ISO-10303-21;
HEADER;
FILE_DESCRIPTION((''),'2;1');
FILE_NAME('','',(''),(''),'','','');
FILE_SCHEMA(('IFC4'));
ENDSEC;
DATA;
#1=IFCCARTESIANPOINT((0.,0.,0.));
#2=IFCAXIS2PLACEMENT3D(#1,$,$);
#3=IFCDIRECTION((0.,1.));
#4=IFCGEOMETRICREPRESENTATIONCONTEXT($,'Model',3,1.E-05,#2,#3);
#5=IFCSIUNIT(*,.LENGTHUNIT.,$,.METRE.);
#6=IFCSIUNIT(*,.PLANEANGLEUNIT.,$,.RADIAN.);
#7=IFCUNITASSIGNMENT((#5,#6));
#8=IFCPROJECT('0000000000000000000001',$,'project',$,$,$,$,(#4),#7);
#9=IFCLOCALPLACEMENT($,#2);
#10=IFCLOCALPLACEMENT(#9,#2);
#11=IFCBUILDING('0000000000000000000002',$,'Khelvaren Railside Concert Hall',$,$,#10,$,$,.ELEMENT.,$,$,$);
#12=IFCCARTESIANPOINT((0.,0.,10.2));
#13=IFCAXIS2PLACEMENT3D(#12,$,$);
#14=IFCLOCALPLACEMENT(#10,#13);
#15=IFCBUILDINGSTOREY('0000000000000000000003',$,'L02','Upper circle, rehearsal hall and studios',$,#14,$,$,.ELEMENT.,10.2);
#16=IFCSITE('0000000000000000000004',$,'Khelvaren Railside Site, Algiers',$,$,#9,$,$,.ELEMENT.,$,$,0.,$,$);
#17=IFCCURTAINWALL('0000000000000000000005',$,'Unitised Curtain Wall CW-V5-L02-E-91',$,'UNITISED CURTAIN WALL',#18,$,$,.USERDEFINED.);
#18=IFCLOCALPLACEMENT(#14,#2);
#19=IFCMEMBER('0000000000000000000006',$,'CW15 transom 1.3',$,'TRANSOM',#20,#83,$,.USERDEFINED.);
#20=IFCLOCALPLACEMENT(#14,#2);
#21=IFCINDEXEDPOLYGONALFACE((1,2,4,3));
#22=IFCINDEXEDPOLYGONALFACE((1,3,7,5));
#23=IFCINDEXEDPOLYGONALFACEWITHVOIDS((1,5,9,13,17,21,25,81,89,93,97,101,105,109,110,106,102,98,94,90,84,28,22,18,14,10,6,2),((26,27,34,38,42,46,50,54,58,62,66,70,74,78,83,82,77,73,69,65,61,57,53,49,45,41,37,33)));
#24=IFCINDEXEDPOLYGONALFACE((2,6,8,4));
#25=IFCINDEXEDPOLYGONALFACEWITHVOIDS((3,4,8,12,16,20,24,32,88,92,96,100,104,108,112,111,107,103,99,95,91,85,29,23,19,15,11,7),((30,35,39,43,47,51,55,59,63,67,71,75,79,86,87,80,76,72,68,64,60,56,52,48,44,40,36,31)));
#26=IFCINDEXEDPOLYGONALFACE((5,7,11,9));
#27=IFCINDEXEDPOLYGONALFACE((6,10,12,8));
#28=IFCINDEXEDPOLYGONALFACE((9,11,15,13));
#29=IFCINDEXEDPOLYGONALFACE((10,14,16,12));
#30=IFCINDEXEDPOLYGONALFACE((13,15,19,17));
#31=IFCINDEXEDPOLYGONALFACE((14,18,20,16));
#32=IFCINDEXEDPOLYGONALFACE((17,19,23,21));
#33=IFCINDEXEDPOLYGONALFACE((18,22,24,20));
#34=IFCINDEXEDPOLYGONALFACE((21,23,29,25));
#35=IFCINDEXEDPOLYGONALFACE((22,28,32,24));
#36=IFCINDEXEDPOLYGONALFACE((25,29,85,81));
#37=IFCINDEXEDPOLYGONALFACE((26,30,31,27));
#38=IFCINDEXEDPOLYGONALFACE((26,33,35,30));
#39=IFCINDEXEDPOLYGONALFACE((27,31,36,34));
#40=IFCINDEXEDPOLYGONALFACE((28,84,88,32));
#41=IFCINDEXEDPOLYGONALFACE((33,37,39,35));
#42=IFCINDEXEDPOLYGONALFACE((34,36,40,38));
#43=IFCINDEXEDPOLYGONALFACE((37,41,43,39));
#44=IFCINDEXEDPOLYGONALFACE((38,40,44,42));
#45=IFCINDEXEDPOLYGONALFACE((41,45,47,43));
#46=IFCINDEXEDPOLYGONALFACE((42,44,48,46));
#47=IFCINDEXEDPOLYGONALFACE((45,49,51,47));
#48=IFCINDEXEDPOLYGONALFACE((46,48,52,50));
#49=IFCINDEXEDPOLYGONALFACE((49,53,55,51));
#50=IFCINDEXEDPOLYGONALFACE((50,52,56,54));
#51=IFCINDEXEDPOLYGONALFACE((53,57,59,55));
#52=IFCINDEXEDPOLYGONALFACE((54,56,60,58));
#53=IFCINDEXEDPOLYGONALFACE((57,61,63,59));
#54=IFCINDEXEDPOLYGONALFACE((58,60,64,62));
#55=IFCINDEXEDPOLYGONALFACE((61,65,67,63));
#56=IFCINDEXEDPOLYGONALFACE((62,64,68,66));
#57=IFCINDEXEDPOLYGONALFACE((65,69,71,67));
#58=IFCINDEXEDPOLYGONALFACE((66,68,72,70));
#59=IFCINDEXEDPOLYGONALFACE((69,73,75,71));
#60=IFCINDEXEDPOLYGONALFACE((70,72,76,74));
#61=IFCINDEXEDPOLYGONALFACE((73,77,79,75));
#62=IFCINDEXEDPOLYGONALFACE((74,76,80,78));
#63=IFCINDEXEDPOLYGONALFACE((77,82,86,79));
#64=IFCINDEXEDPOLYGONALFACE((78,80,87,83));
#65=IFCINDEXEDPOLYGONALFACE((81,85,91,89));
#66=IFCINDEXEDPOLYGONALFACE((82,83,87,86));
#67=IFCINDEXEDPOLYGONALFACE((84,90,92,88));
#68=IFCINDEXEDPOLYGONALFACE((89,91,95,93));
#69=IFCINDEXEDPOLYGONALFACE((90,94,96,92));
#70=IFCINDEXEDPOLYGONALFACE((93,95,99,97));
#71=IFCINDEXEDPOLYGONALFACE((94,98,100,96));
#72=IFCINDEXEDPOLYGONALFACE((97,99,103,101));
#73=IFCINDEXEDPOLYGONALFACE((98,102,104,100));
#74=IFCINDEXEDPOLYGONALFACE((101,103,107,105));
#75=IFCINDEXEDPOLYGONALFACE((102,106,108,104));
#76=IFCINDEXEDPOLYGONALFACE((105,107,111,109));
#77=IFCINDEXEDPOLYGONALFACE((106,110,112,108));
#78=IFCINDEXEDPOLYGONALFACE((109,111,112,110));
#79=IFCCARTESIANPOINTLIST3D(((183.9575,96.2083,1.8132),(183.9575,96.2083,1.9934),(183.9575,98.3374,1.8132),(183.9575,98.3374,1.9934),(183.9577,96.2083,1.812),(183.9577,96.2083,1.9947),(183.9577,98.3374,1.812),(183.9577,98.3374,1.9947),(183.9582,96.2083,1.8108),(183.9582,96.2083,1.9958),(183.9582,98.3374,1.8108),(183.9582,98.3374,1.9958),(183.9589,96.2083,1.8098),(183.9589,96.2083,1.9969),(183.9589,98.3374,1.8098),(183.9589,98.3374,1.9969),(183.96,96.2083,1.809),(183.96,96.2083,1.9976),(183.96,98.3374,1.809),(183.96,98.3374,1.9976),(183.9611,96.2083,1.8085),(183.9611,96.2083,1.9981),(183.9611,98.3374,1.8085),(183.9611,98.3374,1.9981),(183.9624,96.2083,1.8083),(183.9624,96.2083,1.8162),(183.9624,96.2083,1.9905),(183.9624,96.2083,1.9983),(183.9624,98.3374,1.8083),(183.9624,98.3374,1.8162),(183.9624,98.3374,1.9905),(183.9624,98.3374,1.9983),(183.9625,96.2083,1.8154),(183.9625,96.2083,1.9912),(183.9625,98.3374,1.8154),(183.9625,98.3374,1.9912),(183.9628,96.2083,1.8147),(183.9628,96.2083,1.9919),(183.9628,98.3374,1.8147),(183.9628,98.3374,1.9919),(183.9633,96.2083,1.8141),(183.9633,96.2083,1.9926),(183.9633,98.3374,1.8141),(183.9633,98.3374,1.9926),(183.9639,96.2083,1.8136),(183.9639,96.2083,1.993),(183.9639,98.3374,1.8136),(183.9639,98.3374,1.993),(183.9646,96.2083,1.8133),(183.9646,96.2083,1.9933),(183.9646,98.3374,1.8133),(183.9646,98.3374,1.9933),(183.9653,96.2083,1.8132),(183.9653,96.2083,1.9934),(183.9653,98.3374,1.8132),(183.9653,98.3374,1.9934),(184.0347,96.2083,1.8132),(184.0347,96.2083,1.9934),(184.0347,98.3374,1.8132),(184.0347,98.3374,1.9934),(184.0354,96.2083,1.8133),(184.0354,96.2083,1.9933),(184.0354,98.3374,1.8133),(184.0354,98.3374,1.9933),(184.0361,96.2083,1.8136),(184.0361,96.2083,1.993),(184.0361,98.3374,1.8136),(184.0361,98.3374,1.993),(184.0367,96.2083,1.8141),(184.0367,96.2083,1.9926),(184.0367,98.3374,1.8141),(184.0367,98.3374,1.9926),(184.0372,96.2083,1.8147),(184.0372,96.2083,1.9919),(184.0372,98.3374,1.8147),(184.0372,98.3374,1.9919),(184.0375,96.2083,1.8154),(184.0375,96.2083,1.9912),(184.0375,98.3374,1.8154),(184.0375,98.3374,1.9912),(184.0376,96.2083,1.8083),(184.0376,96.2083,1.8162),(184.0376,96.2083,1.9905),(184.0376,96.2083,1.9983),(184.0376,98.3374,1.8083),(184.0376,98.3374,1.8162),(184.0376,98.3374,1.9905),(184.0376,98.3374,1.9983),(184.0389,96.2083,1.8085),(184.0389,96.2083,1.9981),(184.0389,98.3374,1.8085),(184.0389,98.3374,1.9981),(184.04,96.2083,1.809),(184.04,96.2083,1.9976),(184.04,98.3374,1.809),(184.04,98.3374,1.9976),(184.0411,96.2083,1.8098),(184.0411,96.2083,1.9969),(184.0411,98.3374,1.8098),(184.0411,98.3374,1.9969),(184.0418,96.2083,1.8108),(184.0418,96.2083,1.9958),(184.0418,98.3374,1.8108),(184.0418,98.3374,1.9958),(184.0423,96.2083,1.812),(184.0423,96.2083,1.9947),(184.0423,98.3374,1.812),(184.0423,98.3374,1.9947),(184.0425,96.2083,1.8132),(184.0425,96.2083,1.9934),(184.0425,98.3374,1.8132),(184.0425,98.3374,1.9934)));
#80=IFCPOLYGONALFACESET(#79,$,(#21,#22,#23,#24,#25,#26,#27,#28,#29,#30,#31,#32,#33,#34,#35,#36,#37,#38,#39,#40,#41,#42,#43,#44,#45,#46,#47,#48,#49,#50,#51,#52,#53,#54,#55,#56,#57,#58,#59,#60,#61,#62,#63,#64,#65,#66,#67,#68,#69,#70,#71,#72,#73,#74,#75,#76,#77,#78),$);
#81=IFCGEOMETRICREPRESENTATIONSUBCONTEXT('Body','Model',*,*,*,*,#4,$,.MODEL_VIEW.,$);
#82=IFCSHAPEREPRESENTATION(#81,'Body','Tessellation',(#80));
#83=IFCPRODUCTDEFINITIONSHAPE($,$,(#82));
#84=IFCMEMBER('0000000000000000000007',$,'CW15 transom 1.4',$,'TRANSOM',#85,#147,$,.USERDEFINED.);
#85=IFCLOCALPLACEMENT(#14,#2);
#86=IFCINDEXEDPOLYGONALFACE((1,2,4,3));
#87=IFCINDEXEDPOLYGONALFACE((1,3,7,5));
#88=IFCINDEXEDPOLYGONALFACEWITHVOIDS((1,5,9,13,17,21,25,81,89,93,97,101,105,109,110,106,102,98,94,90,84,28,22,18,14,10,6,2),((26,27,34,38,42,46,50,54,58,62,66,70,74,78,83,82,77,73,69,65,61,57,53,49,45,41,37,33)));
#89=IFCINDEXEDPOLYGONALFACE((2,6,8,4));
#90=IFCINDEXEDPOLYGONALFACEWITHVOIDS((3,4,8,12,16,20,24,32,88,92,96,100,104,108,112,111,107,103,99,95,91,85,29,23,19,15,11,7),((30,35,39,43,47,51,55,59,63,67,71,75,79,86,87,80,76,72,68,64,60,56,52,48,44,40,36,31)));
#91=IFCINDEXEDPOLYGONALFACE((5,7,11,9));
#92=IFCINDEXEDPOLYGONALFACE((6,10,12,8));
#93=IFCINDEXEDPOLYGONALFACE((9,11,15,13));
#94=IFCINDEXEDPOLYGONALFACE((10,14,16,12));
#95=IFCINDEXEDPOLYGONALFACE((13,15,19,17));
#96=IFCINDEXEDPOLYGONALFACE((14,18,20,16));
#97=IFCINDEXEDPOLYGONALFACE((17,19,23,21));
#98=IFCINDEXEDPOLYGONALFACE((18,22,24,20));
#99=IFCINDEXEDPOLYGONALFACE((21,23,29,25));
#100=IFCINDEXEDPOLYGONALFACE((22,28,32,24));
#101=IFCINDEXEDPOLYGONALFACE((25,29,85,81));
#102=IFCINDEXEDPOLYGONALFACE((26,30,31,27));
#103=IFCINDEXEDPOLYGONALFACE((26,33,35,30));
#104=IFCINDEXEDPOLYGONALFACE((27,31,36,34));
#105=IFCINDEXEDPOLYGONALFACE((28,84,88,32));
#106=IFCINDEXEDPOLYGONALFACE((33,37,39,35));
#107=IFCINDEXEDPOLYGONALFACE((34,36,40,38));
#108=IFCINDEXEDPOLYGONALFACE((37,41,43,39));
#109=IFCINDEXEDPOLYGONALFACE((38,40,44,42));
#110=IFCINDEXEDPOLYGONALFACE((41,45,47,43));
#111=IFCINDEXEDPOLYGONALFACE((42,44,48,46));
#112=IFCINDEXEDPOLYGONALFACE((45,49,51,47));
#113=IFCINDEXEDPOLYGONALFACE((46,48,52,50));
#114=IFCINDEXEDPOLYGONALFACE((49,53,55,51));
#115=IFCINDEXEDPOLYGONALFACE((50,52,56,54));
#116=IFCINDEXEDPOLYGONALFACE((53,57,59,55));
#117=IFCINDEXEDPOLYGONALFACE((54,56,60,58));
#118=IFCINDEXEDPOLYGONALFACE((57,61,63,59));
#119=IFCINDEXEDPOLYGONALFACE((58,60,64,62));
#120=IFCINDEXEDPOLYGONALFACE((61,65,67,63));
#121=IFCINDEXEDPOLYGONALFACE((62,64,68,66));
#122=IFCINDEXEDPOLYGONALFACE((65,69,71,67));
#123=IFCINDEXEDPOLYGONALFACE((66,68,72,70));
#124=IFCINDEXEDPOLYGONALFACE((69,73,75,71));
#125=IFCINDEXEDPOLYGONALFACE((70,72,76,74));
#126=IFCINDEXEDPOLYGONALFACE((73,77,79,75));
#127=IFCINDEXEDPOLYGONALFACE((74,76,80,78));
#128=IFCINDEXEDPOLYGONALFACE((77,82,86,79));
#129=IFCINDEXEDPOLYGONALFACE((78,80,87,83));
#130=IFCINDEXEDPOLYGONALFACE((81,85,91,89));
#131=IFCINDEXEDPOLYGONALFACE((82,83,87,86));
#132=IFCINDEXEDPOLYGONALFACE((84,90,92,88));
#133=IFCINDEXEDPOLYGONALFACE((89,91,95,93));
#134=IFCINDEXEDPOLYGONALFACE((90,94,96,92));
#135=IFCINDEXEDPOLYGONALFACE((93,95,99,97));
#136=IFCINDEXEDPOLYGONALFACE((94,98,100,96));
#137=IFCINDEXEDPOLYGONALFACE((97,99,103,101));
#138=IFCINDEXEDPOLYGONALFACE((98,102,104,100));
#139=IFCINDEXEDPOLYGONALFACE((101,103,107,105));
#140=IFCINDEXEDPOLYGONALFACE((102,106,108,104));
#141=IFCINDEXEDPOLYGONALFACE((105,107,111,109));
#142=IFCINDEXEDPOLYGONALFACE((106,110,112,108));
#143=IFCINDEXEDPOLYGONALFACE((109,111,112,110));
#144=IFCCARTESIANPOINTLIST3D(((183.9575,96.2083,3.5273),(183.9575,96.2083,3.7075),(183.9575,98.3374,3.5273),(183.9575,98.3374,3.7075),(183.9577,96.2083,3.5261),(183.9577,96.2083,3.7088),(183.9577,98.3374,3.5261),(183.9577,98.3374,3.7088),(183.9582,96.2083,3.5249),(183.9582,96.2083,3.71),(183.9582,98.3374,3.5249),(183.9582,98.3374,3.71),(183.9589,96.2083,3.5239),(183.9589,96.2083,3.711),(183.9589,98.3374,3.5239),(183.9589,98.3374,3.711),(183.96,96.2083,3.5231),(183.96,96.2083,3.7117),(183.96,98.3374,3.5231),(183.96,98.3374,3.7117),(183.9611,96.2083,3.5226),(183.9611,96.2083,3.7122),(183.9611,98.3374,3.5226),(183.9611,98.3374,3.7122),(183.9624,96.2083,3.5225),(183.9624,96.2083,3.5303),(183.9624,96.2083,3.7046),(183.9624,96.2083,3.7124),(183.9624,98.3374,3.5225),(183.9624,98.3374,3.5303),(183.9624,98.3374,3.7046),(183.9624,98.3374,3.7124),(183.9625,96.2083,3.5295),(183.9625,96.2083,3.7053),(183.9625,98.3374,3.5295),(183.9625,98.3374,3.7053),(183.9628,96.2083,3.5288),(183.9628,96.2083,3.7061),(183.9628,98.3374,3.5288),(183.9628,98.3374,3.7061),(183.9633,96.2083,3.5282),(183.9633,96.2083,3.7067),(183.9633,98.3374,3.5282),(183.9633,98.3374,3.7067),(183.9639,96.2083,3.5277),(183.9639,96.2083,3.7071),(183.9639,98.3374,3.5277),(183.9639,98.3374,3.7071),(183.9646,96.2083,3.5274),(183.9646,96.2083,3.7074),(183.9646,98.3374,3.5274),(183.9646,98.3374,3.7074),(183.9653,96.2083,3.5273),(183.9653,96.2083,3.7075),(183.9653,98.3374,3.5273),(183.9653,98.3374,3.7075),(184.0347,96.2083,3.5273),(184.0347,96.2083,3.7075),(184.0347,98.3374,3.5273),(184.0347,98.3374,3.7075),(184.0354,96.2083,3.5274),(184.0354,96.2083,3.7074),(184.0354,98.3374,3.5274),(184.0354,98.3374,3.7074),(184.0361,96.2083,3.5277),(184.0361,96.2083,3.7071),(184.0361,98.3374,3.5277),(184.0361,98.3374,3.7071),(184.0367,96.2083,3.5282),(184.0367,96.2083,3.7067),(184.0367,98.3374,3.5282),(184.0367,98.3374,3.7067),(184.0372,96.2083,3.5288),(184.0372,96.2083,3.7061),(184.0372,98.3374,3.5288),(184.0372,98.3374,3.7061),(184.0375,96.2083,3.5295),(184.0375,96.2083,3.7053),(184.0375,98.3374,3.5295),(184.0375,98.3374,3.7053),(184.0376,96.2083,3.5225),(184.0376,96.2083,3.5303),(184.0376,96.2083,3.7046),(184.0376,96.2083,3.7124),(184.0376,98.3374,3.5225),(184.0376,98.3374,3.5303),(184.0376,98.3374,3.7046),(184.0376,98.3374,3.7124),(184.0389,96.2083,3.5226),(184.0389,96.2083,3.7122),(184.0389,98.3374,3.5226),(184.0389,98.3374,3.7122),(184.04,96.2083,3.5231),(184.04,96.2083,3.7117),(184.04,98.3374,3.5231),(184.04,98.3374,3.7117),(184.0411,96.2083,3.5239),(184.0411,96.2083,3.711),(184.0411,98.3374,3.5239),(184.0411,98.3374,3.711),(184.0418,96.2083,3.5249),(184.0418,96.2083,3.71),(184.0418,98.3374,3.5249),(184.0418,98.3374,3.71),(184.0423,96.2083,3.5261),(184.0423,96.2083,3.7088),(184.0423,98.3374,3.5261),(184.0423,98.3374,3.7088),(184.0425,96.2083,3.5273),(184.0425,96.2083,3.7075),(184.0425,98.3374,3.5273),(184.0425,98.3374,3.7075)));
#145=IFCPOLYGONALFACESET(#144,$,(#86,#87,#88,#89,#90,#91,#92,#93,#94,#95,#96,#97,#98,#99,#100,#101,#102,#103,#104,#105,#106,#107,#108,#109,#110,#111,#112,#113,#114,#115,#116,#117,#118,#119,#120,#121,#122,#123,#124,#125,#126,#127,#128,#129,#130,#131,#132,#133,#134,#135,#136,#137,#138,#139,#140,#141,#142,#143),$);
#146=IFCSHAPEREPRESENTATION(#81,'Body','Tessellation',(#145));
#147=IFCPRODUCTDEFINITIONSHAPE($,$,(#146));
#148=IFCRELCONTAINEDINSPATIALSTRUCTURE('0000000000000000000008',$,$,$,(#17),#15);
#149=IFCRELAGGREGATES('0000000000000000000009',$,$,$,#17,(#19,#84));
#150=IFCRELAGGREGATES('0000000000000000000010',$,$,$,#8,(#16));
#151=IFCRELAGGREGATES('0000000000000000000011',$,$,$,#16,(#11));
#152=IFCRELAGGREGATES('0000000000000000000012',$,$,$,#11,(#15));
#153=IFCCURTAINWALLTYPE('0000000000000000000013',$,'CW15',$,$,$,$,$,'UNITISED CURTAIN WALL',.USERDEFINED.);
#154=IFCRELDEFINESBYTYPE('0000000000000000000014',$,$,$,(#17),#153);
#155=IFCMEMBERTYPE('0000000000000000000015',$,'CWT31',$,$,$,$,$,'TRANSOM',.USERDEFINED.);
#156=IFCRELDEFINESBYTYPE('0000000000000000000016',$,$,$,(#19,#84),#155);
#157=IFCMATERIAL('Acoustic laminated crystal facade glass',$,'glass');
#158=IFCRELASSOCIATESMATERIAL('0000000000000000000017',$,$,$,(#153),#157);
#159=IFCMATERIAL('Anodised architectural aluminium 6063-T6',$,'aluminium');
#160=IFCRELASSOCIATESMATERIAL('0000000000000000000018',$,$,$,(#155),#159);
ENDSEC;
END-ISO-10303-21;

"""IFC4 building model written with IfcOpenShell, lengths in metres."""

from ifc_helpers import new_model, si_unit, direction, frame, origin, origin_2d, place, context, subcontext, project, spatial, hollow_rectangle, extrude, material, material_profile, profile_set, type_object, element, aggregate, save


model = new_model("IFC4")

# Units and contexts
model_context = context("Model", 3, precision=1e-05, world=origin(), true_north=direction((0.0, 1.0)))
body_context = subcontext(model_context, "Body", "Model", "MODEL_VIEW")
ifc_project = project(units=[si_unit("LENGTHUNIT", "METRE"), si_unit("PLANEANGLEUNIT", "RADIAN")], contexts=[model_context])

# Site, building, storey
site_placement = place(None, origin())
site = spatial("IfcSite", under=ifc_project, at=site_placement, Name="Khelvaren Railside Site, Algiers", CompositionType="ELEMENT", RefElevation=0.0)
building_placement = place(site_placement, origin())
building = spatial("IfcBuilding", under=site, at=building_placement, Name="Khelvaren Railside Concert Hall", CompositionType="ELEMENT")
storey_placement = place(building_placement, frame((0.0, 0.0, 10.2)))
storey = spatial("IfcBuildingStorey", under=building, at=storey_placement, Name="L02", Description="Upper circle, rehearsal hall and studios", CompositionType="ELEMENT", Elevation=10.2)

# Curtain wall
ifc_material_1 = material(Name="Acoustic laminated crystal facade glass", Category="glass")
curtain_wall_type_1 = type_object("IfcCurtainWallType", Name="CW15", ElementType="UNITISED CURTAIN WALL", PredefinedType="USERDEFINED", material=ifc_material_1)
curtain_wall_1_placement = place(storey_placement, origin())
curtain_wall_1 = element("IfcCurtainWall", 1, at=curtain_wall_1_placement, inside=storey, type_object=curtain_wall_type_1, Name="Unitised Curtain Wall CW-V5-L02-E-91", ObjectType="UNITISED CURTAIN WALL", PredefinedType="USERDEFINED")
ifc_material_2 = material(Name="Anodised architectural aluminium 6063-T6", Category="aluminium")

# Members
ifc_material_profile_1 = material_profile(ifc_material_2, hollow_rectangle(XDim=0.085, YDim=0.1899, WallThickness=0.0049, InnerFilletRadius=0.0029, OuterFilletRadius=0.0049, at=origin_2d()), Name="CWT 85x190x5")
ifc_profile_set_1 = profile_set([ifc_material_profile_1], Name="Anodised architectural aluminium 6063-T6")
member_type_1 = type_object("IfcMemberType", Name="CWT31", ElementType="TRANSOM", PredefinedType="USERDEFINED", material=ifc_profile_set_1)
member_1_placement = place(storey_placement, frame((184.0, 98.3374, 1.9033), z_axis=(0.0, -1.0, 0.0), x_axis=(1.0, 0.0, 0.0)))
member_1 = element("IfcMember", 2, at=member_1_placement, type_object=member_type_1, Name="CW15 transom 1.3", ObjectType="TRANSOM", PredefinedType="USERDEFINED", context=body_context, shape_type="SweptSolid", body=[
    extrude(hollow_rectangle(XDim=0.085, YDim=0.1899, WallThickness=0.0049, InnerFilletRadius=0.0029, OuterFilletRadius=0.0049, at=origin_2d()), origin(), (0.0, 0.0, 1.0), 2.1292),
])
member_2_placement = place(storey_placement, frame((184.0, 98.3374, 3.6174), z_axis=(0.0, -1.0, 0.0), x_axis=(1.0, 0.0, 0.0)))
member_2 = element("IfcMember", 3, at=member_2_placement, type_object=member_type_1, Name="CW15 transom 1.4", ObjectType="TRANSOM", PredefinedType="USERDEFINED", context=body_context, shape_type="SweptSolid", body=[
    extrude(hollow_rectangle(XDim=0.085, YDim=0.1899, WallThickness=0.0049, InnerFilletRadius=0.0029, OuterFilletRadius=0.0049, at=origin_2d()), origin(), (0.0, 0.0, 1.0), 2.1292),
])

aggregate(curtain_wall_1, [member_1, member_2])

save(model, "model.ifc")
